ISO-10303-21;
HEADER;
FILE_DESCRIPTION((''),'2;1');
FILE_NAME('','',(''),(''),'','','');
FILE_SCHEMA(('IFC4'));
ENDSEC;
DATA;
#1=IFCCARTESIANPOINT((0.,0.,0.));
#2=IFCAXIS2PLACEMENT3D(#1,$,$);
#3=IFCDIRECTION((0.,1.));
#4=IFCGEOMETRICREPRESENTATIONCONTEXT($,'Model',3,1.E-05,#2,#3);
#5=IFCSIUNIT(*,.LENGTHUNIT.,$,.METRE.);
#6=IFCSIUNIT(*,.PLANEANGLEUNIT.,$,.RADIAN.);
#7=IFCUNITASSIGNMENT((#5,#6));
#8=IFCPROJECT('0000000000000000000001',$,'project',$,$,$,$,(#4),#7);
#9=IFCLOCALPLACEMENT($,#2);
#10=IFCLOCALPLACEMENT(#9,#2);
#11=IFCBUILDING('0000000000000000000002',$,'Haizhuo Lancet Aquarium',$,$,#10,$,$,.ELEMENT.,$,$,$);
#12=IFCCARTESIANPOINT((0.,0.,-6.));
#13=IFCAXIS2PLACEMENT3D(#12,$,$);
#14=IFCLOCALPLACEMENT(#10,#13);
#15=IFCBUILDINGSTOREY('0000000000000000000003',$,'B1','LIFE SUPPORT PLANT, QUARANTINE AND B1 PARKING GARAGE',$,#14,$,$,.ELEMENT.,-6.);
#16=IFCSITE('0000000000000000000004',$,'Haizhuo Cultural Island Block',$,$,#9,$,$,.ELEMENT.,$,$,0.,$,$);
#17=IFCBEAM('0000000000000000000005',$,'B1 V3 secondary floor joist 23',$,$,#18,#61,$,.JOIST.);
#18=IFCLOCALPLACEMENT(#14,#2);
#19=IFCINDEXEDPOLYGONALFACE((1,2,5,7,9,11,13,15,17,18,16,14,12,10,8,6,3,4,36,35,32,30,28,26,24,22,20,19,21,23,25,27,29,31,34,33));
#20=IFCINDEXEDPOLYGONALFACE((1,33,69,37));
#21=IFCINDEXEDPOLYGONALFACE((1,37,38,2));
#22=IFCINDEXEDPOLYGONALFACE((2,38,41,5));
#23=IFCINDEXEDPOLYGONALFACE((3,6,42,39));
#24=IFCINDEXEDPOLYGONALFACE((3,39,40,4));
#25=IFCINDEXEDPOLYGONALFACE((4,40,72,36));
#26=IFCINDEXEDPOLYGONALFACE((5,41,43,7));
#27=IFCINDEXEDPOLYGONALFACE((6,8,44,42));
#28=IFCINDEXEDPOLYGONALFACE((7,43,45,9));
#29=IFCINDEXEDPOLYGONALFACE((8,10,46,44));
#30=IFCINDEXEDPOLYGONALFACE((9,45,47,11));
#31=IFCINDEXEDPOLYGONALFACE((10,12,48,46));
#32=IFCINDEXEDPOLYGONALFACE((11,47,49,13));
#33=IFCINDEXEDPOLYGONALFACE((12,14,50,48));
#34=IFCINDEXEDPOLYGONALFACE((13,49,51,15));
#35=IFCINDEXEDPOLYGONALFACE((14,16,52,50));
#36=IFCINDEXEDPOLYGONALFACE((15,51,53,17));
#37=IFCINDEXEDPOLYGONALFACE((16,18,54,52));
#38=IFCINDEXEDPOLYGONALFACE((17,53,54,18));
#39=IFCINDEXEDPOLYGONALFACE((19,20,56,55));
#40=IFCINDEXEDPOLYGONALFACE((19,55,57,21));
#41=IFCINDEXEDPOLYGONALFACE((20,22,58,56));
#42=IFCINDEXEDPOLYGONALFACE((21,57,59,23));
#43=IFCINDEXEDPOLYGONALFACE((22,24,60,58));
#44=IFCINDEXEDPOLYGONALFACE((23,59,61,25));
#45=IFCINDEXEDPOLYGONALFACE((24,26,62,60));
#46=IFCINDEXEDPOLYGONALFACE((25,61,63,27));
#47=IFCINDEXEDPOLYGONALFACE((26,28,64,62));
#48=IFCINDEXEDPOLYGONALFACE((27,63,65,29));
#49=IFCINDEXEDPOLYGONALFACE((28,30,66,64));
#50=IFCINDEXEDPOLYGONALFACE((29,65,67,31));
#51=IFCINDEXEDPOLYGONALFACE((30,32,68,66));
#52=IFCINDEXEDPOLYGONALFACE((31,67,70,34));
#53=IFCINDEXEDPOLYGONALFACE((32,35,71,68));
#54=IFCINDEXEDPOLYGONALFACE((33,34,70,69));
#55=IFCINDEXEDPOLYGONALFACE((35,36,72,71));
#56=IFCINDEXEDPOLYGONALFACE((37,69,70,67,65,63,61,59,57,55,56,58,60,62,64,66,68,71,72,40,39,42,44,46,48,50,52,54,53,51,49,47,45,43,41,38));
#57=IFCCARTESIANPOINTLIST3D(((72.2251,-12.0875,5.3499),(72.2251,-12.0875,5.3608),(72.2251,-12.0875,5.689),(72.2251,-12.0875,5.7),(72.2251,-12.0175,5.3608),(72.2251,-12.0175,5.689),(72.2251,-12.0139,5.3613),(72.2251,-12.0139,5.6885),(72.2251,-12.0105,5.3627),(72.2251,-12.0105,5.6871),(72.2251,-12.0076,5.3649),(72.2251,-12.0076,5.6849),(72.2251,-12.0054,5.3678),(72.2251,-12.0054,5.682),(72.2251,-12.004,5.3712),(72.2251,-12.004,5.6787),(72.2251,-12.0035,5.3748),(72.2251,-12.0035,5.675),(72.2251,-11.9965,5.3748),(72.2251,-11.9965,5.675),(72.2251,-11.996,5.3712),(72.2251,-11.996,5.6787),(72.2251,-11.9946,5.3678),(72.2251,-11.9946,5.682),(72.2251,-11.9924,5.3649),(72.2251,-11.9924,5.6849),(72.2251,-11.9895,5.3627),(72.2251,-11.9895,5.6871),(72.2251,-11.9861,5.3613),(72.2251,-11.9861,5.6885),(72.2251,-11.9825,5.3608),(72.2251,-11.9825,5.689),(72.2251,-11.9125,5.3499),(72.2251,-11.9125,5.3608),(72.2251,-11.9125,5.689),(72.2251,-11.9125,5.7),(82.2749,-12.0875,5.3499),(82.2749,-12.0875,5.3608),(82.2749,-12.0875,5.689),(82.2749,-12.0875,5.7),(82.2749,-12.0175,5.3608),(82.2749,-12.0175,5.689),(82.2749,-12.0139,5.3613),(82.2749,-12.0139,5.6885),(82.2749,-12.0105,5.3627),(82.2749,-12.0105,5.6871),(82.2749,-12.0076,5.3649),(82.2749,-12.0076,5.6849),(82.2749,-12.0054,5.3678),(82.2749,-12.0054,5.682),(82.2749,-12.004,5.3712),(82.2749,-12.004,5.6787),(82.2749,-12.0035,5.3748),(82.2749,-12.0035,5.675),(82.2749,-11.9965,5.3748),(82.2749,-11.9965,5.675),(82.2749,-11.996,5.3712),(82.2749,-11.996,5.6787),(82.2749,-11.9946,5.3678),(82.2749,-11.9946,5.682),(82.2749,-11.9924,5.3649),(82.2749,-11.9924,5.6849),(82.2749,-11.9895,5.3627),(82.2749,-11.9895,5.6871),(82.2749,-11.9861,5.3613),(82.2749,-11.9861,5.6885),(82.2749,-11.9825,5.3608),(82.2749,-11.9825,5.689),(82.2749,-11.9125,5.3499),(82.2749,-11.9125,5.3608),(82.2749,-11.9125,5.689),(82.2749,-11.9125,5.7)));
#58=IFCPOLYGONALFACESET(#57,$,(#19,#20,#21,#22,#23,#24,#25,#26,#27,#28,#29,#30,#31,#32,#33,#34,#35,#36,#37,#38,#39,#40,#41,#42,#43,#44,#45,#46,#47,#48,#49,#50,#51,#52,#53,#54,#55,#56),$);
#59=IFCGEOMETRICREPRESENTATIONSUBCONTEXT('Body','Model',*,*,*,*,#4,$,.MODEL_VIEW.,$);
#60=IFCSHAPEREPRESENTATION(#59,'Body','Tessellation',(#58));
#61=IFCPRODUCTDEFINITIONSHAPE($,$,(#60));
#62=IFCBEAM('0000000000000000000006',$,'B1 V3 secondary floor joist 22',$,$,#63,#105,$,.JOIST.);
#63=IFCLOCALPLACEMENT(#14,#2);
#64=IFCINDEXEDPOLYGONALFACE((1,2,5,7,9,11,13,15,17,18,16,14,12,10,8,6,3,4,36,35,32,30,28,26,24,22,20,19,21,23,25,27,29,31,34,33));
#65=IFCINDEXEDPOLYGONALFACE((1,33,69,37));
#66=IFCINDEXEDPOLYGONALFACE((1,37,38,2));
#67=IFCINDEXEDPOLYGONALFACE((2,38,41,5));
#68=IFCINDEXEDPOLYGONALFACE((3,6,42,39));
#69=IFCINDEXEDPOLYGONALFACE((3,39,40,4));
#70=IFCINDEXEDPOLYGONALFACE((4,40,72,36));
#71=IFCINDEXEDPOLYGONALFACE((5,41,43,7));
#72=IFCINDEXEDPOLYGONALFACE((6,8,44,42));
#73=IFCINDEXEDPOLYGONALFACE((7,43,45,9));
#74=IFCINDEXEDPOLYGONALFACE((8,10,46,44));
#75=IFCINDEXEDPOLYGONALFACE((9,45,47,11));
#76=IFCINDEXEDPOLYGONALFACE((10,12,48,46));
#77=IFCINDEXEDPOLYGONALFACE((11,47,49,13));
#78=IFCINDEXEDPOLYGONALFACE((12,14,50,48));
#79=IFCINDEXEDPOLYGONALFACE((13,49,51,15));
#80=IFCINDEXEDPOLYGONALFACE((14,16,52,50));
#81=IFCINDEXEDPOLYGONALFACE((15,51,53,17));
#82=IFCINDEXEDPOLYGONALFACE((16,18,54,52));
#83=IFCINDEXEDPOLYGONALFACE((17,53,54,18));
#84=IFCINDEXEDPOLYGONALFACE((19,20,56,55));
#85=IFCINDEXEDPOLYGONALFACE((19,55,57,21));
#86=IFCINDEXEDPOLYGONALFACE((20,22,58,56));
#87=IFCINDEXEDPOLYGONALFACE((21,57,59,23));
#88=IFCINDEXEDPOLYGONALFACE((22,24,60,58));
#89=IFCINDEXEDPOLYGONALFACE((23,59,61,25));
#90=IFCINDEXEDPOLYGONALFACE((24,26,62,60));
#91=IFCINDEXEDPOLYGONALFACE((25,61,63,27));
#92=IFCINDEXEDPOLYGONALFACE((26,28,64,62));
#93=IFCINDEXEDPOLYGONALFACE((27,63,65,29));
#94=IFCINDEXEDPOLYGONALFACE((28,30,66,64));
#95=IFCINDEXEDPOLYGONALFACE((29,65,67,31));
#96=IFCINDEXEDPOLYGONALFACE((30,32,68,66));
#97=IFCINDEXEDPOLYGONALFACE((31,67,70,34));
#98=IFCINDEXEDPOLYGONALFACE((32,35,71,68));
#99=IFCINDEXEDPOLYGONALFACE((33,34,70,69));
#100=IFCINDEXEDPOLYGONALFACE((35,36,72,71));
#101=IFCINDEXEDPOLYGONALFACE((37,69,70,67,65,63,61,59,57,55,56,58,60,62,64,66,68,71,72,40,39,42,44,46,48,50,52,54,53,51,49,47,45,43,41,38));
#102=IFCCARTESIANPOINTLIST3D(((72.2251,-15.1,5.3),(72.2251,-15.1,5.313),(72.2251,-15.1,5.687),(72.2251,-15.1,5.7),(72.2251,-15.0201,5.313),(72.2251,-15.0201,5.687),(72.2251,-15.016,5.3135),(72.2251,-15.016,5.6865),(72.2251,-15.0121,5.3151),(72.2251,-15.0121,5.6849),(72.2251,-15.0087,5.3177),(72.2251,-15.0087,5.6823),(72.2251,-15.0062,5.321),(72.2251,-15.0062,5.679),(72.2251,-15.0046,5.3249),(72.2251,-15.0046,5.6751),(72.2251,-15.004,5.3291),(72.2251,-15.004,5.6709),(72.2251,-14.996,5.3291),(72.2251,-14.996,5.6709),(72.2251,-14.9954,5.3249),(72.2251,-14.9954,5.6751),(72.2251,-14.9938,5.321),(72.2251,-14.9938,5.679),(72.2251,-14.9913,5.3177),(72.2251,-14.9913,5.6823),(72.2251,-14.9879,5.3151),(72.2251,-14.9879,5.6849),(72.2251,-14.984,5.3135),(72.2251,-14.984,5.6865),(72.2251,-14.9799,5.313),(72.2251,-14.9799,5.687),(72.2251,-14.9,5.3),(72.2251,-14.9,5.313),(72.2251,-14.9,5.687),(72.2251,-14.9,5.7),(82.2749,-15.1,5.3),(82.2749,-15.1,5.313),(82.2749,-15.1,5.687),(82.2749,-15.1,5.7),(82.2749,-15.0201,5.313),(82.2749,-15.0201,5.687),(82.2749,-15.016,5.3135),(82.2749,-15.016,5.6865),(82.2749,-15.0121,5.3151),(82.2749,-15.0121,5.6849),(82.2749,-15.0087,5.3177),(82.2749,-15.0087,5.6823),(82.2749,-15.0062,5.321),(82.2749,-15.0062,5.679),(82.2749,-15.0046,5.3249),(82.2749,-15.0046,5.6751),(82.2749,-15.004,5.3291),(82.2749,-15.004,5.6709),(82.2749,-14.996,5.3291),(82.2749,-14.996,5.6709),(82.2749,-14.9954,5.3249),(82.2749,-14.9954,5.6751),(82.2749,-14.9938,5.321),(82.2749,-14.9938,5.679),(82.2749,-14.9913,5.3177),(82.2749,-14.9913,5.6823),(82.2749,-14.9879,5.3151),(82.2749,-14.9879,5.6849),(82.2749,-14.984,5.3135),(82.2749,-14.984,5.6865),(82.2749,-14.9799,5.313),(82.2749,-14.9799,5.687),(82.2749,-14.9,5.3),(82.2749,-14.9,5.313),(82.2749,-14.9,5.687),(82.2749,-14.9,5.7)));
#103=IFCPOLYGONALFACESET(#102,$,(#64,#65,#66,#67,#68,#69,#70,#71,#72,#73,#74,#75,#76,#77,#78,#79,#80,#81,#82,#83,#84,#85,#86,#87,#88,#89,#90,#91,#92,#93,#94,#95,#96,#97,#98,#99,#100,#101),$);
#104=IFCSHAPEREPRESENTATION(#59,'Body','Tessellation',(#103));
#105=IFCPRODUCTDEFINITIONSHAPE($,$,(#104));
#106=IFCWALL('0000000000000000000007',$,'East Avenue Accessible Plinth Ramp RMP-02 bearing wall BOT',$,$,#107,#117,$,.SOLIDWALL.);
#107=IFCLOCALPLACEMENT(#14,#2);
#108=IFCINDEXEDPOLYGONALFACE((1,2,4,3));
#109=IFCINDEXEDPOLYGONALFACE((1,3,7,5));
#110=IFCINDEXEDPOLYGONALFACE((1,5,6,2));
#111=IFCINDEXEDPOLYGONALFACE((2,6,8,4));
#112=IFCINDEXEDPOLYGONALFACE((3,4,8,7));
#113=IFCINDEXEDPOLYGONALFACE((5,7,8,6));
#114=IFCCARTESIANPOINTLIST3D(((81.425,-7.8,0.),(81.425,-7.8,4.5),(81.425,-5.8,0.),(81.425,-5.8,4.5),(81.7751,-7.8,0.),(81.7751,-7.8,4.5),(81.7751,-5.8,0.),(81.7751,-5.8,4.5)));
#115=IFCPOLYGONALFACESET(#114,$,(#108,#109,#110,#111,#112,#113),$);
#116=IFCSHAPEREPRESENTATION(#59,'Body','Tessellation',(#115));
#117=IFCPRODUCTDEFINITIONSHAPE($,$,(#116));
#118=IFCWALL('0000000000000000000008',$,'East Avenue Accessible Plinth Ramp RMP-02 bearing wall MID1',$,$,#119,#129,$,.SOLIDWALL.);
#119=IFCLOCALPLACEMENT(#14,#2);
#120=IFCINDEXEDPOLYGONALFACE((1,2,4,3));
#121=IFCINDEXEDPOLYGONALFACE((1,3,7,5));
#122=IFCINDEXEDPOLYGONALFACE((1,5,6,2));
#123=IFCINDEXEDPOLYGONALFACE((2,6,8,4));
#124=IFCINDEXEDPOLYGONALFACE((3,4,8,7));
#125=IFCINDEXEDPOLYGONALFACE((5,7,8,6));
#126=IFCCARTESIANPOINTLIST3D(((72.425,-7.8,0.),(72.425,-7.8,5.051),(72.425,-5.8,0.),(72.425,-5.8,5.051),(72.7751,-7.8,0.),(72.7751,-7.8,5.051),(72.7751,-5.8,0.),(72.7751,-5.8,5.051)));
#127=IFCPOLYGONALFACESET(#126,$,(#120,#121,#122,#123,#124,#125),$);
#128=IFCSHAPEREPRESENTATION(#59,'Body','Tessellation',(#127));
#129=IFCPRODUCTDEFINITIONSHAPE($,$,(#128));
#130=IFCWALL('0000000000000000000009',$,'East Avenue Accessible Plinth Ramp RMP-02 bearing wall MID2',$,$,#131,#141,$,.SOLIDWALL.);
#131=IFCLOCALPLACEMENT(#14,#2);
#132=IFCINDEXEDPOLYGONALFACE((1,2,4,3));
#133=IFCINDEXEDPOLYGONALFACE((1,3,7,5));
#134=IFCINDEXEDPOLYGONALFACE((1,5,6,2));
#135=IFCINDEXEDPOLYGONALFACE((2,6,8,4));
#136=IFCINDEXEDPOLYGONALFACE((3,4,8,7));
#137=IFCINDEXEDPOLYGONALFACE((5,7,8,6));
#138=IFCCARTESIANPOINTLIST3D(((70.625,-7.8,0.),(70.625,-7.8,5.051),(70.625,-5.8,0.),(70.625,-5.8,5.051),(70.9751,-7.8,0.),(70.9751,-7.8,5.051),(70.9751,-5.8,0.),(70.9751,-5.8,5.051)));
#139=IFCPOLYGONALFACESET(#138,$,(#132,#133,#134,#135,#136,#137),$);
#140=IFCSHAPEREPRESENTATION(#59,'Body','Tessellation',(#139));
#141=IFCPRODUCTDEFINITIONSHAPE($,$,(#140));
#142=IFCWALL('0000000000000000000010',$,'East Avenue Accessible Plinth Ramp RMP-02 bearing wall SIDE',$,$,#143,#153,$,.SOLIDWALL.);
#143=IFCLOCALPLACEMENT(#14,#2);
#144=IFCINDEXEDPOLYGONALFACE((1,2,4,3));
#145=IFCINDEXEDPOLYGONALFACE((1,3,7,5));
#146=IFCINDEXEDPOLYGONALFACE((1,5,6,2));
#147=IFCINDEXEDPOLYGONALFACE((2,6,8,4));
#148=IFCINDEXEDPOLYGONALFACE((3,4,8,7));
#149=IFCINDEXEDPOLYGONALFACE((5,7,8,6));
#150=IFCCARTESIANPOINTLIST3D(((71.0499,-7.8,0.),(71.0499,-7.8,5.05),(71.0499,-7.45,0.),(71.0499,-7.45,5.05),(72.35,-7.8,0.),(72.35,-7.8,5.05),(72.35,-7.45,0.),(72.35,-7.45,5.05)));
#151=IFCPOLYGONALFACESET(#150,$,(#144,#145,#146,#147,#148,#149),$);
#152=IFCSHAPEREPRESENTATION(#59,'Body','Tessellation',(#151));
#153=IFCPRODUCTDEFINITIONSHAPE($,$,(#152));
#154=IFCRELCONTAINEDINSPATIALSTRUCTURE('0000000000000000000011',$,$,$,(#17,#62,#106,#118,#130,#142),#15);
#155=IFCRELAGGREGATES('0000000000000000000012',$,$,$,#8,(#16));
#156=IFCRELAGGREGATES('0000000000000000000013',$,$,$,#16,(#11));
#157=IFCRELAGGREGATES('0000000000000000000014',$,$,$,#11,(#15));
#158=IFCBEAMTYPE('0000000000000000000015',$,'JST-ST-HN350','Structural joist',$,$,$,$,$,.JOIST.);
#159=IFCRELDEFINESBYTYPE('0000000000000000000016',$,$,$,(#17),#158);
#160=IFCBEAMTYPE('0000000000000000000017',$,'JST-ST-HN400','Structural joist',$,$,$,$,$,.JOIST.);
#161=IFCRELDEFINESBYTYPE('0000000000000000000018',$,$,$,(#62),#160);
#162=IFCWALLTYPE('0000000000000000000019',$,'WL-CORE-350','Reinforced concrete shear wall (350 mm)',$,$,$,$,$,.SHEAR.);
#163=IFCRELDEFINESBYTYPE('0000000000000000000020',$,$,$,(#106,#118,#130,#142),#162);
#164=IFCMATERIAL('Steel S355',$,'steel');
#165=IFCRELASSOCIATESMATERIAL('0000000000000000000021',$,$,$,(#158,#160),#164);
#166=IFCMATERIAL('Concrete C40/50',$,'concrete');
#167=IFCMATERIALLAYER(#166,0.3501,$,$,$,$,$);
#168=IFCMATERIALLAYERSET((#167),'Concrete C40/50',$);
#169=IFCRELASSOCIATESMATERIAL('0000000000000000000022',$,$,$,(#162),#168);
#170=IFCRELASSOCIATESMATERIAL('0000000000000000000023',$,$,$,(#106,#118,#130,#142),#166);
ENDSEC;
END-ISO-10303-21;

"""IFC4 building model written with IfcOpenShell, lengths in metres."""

from ifc_helpers import new_model, si_unit, direction, frame, frame_2d, origin, origin_2d, place, context, subcontext, project, spatial, rectangle, i_section, extrude, material, layer, layer_set, material_profile, profile_set, type_object, element, save


model = new_model("IFC4")

# Units and contexts
model_context = context("Model", 3, precision=1e-05, world=origin(), true_north=direction((0.0, 1.0)))
body_context = subcontext(model_context, "Body", "Model", "MODEL_VIEW")
ifc_project = project(units=[si_unit("LENGTHUNIT", "METRE"), si_unit("PLANEANGLEUNIT", "RADIAN")], contexts=[model_context])

# Site, building, storey
site_placement = place(None, origin())
site = spatial("IfcSite", under=ifc_project, at=site_placement, Name="Haizhuo Cultural Island Block", CompositionType="ELEMENT", RefElevation=0.0)
building_placement = place(site_placement, origin())
building = spatial("IfcBuilding", under=site, at=building_placement, Name="Haizhuo Lancet Aquarium", CompositionType="ELEMENT")
storey_placement = place(building_placement, frame((0.0, 0.0, -6.0)))
storey = spatial("IfcBuildingStorey", under=building, at=storey_placement, Name="B1", Description="LIFE SUPPORT PLANT, QUARANTINE AND B1 PARKING GARAGE", CompositionType="ELEMENT", Elevation=-6.0)

# Shared definitions
ifc_material_1 = material(Name="Concrete C40/50", Category="concrete")

# Beams
ifc_material_2 = material(Name="Steel S355", Category="steel")
ifc_material_profile_1 = material_profile(ifc_material_2, i_section(OverallWidth=0.175, OverallDepth=0.3501, WebThickness=0.0071, FlangeThickness=0.011, FilletRadius=0.0139, at=origin_2d()), Name="HN 350x175x7x11")
ifc_profile_set_1 = profile_set([ifc_material_profile_1], Name="Steel S355")
beam_type_1 = type_object("IfcBeamType", Name="JST-ST-HN350", Description="Structural joist", PredefinedType="JOIST", material=ifc_profile_set_1)
beam_1_placement = place(storey_placement, frame((72.2251, -12.0, 5.5249), z_axis=(1.0, 0.0, 0.0), x_axis=(0.0, 1.0, 0.0)))
element("IfcBeam", 1, at=beam_1_placement, inside=storey, type_object=beam_type_1, Name="B1 V3 secondary floor joist 23", PredefinedType="JOIST", context=body_context, shape_type="SweptSolid", body=[
    extrude(i_section(OverallWidth=0.175, OverallDepth=0.3501, WebThickness=0.0071, FlangeThickness=0.011, FilletRadius=0.0139, at=origin_2d()), origin(), (0.0, 0.0, 1.0), 10.0498),
])
ifc_material_profile_2 = material_profile(ifc_material_2, i_section(OverallWidth=0.2, OverallDepth=0.3999, WebThickness=0.0081, FlangeThickness=0.0129, FilletRadius=0.0161, at=origin_2d()), Name="HN 400x200x8x13")
ifc_profile_set_2 = profile_set([ifc_material_profile_2], Name="Steel S355")
beam_type_2 = type_object("IfcBeamType", Name="JST-ST-HN400", Description="Structural joist", PredefinedType="JOIST", material=ifc_profile_set_2)
beam_2_placement = place(storey_placement, frame((72.2251, -15.0, 5.5), z_axis=(1.0, 0.0, 0.0), x_axis=(0.0, 1.0, 0.0)))
element("IfcBeam", 2, at=beam_2_placement, inside=storey, type_object=beam_type_2, Name="B1 V3 secondary floor joist 22", PredefinedType="JOIST", context=body_context, shape_type="SweptSolid", body=[
    extrude(i_section(OverallWidth=0.2, OverallDepth=0.3999, WebThickness=0.0081, FlangeThickness=0.0129, FilletRadius=0.0161, at=origin_2d()), origin(), (0.0, 0.0, 1.0), 10.0498),
])

# Walls
ifc_layer = layer(ifc_material_1, 0.3501)
ifc_layer_set = layer_set([ifc_layer], Name="Concrete C40/50")
wall_type = type_object("IfcWallType", Name="WL-CORE-350", Description="Reinforced concrete shear wall (350 mm)", PredefinedType="SHEAR", material=ifc_layer_set)
wall_1_placement = place(storey_placement, frame((81.6001, -7.8, 0.0), z_axis=(0.0, 0.0, 1.0), x_axis=(0.0, 1.0, 0.0)))
element("IfcWall", 3, at=wall_1_placement, inside=storey, type_object=wall_type, material=ifc_material_1, Name="East Avenue Accessible Plinth Ramp RMP-02 bearing wall BOT", PredefinedType="SOLIDWALL", context=body_context, shape_type="SweptSolid", body=[
    extrude(rectangle(XDim=2.0, YDim=0.3501, at=frame_2d((1.0, 0.0))), origin(), (0.0, 0.0, 1.0), 4.5),
])
for number, where, z_axis, x_axis, name in (
    (4, (72.6001, -7.8, 0.0), (0.0, 0.0, 1.0), (0.0, 1.0, 0.0), "East Avenue Accessible Plinth Ramp RMP-02 bearing wall MID1"),
    (5, (70.8, -7.8, 0.0), (0.0, 0.0, 1.0), (0.0, 1.0, 0.0), "East Avenue Accessible Plinth Ramp RMP-02 bearing wall MID2"),
):
    element("IfcWall", number, at=place(storey_placement, frame(where, z_axis=z_axis, x_axis=x_axis)), inside=storey, type_object=wall_type, material=ifc_material_1, Name=name, PredefinedType="SOLIDWALL", context=body_context, shape_type="SweptSolid", body=[
        extrude(rectangle(XDim=2.0, YDim=0.3501, at=frame_2d((1.0, 0.0))), origin(), (0.0, 0.0, 1.0), 5.051),
    ])
wall_2_placement = place(storey_placement, frame((71.05, -7.625, 0.0), z_axis=(0.0, 0.0, 1.0), x_axis=(1.0, 0.0, 0.0)))
element("IfcWall", 6, at=wall_2_placement, inside=storey, type_object=wall_type, material=ifc_material_1, Name="East Avenue Accessible Plinth Ramp RMP-02 bearing wall SIDE", PredefinedType="SOLIDWALL", context=body_context, shape_type="SweptSolid", body=[
    extrude(rectangle(XDim=1.3, YDim=0.3501, at=frame_2d((0.6499, 0.0))), origin(), (0.0, 0.0, 1.0), 5.05),
])

save(model, "model.ifc")
